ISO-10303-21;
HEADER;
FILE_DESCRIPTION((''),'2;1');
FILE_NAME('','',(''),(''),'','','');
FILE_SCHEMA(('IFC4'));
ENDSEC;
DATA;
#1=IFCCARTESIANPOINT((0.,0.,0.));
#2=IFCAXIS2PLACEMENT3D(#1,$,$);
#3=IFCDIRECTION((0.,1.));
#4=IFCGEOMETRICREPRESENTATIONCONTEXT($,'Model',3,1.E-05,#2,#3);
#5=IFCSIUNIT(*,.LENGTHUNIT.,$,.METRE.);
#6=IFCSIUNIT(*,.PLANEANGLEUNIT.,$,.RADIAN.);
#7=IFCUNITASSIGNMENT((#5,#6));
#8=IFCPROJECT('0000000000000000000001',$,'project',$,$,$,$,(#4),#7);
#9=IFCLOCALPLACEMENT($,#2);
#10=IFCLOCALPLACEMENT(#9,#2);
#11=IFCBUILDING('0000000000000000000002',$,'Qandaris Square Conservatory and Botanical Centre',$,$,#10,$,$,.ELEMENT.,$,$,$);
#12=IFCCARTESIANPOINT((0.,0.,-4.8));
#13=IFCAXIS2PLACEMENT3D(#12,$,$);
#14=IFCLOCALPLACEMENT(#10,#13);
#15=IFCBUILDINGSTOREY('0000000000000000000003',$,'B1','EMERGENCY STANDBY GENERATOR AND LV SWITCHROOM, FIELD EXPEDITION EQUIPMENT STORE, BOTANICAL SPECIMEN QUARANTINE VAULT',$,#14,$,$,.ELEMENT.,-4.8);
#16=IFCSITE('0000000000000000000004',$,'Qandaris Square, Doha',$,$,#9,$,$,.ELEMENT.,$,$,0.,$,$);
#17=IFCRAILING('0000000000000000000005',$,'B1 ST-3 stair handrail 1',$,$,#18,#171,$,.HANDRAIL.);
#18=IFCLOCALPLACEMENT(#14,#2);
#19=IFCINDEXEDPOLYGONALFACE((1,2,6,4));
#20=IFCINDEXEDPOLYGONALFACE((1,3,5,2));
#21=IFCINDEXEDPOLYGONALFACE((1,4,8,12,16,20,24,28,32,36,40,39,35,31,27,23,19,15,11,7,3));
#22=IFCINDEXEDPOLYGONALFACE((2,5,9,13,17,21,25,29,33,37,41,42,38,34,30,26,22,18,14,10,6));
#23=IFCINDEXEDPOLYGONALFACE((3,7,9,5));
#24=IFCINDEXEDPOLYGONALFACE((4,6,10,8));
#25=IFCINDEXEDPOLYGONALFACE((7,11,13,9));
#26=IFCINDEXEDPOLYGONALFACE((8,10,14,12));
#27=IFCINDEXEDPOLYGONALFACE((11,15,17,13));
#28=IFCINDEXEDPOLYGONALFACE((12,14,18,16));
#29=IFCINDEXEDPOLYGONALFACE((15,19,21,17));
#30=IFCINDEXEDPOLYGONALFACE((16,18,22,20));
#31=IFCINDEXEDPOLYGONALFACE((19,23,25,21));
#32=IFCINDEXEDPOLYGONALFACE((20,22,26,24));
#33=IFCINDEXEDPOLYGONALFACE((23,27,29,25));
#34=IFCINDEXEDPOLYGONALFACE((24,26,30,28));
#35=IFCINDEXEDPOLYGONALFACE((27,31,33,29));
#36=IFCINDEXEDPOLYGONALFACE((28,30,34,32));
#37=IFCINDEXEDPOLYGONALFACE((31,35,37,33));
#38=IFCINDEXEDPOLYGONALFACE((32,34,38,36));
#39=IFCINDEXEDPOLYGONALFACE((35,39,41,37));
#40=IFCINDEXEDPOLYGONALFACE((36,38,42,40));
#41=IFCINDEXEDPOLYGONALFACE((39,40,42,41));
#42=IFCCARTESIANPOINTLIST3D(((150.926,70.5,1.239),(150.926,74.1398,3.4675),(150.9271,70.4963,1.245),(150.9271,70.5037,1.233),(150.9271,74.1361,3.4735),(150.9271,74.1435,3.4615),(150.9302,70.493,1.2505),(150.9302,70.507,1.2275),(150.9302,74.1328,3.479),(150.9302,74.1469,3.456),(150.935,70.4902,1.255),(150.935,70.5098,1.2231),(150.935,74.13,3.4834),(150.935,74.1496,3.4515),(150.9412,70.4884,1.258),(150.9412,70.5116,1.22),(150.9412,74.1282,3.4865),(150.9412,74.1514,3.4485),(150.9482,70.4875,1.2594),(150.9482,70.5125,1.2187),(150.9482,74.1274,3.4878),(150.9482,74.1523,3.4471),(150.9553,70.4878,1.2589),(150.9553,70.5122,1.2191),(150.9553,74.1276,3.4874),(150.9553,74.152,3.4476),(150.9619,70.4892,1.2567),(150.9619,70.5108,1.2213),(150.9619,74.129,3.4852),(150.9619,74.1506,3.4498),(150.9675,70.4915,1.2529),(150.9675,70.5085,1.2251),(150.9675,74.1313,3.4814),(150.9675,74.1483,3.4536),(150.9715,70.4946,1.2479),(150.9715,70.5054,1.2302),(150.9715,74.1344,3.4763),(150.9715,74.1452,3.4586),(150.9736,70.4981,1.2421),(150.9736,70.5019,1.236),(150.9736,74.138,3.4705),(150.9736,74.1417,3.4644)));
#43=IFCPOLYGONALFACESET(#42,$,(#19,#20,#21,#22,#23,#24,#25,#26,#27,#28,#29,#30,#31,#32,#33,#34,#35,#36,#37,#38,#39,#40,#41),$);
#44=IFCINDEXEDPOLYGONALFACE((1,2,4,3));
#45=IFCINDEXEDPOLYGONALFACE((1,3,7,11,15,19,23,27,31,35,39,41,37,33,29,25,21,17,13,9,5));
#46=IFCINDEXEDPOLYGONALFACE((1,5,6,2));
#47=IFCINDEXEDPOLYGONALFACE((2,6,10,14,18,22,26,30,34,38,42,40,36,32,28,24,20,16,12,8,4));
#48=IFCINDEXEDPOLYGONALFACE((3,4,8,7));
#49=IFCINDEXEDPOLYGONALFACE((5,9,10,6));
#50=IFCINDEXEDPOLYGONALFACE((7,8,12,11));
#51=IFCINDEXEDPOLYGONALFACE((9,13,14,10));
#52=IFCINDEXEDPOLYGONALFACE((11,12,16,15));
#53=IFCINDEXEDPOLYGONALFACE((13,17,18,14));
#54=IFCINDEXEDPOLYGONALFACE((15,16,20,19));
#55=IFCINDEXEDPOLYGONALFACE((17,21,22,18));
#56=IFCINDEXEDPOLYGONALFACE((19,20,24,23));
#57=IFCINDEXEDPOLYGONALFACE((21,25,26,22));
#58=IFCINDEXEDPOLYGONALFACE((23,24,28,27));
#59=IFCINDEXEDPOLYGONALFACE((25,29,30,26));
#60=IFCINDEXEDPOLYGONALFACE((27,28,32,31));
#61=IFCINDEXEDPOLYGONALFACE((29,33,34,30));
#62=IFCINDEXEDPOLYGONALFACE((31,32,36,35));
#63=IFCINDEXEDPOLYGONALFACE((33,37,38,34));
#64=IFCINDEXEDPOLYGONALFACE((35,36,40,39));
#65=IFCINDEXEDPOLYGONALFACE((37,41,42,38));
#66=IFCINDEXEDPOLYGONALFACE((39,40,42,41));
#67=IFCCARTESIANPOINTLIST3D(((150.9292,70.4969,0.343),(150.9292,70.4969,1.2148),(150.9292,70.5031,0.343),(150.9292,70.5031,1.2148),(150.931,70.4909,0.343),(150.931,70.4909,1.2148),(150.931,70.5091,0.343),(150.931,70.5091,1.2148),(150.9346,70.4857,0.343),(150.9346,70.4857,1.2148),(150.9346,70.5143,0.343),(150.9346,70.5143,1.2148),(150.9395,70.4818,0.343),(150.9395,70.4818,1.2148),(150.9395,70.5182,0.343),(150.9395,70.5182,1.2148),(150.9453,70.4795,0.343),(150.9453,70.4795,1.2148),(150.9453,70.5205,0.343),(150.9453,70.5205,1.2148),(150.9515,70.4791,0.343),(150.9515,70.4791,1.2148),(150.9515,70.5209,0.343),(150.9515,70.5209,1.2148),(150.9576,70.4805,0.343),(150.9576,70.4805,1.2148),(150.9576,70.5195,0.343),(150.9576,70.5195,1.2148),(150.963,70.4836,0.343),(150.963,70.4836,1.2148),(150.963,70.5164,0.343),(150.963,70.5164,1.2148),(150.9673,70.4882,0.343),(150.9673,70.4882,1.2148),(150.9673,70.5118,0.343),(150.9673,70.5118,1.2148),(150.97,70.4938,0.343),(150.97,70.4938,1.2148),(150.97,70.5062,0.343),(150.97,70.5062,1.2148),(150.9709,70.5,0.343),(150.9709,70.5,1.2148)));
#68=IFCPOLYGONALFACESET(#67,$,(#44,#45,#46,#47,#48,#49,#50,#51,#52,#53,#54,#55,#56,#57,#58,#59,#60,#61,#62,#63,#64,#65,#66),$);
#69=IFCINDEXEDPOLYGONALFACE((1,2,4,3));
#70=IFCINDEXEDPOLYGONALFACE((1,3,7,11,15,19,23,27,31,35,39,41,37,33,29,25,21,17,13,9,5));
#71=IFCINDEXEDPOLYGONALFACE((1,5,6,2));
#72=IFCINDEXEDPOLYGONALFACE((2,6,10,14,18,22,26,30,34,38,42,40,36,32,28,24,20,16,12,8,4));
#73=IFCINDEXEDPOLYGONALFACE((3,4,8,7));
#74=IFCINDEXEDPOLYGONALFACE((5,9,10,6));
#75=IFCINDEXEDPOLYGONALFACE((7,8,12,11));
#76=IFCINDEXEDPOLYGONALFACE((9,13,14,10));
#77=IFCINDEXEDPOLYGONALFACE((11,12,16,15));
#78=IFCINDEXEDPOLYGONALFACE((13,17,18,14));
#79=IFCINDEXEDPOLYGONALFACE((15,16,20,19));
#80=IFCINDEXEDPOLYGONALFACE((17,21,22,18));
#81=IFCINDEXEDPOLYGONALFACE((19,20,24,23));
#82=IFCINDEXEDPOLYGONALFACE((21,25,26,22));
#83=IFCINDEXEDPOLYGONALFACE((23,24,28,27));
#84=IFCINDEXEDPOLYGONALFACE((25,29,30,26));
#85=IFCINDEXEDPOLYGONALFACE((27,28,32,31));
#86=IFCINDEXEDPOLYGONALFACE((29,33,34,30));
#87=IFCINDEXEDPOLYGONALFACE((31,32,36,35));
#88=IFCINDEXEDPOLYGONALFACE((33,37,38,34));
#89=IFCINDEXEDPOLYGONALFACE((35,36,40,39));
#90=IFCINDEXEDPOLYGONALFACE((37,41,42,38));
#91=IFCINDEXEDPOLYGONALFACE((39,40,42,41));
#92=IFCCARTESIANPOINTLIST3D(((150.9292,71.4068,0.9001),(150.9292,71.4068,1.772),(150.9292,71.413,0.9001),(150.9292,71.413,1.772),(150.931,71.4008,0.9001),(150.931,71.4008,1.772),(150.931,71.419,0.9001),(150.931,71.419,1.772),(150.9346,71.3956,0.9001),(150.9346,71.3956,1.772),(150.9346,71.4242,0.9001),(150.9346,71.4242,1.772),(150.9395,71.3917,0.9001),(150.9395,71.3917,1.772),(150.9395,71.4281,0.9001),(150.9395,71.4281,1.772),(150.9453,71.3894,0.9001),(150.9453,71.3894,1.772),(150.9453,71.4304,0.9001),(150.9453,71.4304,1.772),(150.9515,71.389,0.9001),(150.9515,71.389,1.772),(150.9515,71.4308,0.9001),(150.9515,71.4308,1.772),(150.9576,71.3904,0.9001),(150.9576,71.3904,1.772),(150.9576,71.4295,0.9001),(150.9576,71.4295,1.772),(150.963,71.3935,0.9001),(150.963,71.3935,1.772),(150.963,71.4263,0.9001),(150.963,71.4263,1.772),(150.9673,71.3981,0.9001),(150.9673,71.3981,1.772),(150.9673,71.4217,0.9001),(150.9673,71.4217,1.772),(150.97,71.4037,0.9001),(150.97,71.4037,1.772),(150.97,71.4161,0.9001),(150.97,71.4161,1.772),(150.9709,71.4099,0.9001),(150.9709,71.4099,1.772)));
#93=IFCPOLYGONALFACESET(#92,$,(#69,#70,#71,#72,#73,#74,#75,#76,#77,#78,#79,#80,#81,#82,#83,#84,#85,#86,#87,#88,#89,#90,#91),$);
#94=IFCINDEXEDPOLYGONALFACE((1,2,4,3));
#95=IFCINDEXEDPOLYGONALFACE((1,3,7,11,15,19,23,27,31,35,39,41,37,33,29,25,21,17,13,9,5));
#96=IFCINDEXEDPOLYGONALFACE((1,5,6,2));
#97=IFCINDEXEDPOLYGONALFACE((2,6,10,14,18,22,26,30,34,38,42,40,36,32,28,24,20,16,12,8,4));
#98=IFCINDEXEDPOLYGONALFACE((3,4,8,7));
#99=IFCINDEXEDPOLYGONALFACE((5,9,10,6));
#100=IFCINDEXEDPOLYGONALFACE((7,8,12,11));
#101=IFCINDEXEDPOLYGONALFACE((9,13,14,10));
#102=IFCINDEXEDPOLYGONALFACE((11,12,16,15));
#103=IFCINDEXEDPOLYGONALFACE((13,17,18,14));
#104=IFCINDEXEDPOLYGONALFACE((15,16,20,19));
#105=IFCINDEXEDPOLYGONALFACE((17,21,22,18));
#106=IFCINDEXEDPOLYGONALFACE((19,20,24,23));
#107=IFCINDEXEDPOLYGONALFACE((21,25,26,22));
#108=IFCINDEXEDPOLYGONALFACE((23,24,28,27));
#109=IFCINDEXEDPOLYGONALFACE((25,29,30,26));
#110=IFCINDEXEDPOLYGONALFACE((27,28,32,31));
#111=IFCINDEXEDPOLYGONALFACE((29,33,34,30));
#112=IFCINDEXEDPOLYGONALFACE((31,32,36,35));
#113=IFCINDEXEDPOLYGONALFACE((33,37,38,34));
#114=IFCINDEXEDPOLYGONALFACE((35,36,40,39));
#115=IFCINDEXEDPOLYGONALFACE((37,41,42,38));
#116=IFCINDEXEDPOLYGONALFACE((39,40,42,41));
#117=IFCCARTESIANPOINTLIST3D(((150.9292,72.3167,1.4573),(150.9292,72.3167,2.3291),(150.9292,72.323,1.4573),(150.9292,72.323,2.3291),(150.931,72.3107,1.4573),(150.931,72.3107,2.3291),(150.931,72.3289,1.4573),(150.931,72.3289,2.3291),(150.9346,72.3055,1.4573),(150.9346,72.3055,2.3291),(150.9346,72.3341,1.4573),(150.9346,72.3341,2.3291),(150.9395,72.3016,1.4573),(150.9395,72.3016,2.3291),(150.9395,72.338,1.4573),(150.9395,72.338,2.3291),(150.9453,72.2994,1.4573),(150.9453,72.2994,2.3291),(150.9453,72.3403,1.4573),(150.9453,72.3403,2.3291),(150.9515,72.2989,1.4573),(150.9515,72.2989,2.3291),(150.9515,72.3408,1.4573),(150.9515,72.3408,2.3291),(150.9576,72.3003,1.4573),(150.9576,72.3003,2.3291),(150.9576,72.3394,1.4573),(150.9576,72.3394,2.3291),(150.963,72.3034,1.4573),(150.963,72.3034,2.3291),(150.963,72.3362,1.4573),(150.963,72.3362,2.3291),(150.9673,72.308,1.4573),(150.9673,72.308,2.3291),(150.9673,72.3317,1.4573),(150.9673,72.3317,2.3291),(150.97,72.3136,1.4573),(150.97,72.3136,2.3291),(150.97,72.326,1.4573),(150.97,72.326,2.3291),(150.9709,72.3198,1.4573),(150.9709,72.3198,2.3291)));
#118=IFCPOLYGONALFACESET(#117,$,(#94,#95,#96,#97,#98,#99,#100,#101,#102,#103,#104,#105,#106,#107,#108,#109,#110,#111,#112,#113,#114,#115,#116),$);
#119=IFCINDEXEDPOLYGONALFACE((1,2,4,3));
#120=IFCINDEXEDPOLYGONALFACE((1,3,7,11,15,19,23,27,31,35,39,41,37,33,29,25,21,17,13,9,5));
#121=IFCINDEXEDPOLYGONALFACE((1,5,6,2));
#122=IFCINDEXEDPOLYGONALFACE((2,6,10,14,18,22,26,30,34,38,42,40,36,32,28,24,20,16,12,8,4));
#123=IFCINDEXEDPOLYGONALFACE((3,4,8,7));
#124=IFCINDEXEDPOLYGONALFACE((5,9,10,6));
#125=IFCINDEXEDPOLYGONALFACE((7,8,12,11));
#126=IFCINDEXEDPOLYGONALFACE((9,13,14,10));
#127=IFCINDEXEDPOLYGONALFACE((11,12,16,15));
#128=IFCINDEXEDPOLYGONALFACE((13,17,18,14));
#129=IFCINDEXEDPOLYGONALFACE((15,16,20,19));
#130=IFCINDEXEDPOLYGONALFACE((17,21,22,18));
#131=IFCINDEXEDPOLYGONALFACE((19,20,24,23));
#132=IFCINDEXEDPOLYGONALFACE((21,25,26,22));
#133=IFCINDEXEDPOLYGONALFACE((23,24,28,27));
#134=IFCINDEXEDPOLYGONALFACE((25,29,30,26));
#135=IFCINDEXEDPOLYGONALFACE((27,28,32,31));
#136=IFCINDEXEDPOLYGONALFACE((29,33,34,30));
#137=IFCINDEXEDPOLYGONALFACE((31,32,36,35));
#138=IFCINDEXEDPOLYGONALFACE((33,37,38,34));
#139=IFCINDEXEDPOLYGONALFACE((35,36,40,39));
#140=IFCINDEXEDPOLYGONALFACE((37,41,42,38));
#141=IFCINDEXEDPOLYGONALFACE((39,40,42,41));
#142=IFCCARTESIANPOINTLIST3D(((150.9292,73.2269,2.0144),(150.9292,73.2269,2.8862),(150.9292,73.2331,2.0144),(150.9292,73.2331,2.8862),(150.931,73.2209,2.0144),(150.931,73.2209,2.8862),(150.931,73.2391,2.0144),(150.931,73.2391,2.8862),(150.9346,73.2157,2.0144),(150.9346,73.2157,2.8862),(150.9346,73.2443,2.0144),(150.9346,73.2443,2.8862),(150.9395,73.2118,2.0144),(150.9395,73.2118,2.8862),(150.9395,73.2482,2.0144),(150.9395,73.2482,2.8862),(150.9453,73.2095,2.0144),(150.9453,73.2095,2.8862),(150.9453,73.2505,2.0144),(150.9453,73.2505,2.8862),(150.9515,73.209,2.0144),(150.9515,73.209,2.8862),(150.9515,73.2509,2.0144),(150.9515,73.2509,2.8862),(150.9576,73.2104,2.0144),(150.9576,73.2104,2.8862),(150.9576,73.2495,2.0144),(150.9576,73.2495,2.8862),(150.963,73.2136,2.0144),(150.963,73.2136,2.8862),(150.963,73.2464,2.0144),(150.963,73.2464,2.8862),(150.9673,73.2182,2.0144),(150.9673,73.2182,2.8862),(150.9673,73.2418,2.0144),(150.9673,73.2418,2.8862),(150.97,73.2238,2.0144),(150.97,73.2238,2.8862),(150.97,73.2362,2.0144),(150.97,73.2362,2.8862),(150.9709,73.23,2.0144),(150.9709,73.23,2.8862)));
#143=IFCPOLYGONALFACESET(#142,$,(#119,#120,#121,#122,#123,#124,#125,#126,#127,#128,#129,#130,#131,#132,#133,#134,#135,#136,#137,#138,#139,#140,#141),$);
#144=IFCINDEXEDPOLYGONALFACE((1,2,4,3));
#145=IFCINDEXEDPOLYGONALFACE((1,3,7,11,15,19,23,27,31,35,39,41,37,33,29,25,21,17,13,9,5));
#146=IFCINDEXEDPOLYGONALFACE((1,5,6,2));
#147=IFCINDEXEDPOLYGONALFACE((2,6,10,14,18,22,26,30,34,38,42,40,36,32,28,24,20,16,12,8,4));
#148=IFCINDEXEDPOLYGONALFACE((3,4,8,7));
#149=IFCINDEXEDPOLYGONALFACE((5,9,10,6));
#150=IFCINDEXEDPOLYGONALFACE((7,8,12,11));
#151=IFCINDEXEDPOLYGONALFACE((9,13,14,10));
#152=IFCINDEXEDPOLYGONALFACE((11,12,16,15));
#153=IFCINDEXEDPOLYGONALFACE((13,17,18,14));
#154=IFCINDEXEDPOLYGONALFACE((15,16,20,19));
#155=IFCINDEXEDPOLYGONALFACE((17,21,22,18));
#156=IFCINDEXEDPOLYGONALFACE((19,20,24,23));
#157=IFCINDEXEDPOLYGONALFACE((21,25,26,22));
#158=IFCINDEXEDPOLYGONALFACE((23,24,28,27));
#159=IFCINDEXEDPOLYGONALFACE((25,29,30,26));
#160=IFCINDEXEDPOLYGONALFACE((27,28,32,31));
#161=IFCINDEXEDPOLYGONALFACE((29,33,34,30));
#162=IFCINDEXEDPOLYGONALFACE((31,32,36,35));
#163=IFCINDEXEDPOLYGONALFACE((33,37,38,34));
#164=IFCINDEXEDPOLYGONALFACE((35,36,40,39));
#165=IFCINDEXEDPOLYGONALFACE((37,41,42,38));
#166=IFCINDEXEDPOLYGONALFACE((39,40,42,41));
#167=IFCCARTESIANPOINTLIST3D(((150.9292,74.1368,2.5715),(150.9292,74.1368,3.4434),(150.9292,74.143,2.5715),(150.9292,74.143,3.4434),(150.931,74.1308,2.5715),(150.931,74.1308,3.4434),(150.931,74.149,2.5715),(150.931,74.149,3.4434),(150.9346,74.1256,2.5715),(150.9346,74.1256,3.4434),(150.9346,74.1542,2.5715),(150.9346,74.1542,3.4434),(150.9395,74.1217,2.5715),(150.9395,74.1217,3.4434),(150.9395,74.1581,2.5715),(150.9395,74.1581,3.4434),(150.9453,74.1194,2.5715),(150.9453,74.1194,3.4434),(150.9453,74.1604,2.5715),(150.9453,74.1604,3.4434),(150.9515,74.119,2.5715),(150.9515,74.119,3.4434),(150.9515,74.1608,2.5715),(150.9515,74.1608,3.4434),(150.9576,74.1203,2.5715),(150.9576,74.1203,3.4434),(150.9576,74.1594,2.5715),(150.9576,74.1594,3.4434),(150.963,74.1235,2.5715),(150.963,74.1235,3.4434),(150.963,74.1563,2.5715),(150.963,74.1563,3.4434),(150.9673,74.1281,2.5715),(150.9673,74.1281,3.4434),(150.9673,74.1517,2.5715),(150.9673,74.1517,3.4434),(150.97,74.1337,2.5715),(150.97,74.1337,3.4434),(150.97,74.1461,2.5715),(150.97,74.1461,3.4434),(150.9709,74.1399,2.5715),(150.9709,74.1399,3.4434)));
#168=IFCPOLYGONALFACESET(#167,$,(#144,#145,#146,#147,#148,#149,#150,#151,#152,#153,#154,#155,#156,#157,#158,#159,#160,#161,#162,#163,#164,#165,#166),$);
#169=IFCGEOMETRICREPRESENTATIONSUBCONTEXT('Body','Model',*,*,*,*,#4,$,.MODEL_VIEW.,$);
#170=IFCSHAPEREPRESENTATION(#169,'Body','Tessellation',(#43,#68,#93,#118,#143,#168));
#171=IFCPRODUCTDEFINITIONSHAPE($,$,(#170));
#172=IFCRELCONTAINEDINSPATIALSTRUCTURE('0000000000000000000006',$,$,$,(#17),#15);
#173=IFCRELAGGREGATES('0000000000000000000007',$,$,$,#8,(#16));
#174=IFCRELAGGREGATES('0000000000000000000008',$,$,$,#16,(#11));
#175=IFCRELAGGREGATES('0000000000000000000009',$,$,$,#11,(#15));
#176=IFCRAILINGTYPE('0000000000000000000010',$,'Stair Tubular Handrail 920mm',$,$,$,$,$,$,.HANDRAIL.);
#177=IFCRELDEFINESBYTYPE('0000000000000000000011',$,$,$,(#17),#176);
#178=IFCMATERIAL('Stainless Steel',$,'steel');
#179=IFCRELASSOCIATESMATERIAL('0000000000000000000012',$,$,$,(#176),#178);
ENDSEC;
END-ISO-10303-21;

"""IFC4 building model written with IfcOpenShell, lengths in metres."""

from ifc_helpers import new_model, si_unit, direction, frame, origin, origin_2d, place, context, subcontext, project, spatial, circle, extrude, material, type_object, element, save


model = new_model("IFC4")

# Units and contexts
model_context = context("Model", 3, precision=1e-05, world=origin(), true_north=direction((0.0, 1.0)))
body_context = subcontext(model_context, "Body", "Model", "MODEL_VIEW")
ifc_project = project(units=[si_unit("LENGTHUNIT", "METRE"), si_unit("PLANEANGLEUNIT", "RADIAN")], contexts=[model_context])

# Site, building, storey
site_placement = place(None, origin())
site = spatial("IfcSite", under=ifc_project, at=site_placement, Name="Qandaris Square, Doha", CompositionType="ELEMENT", RefElevation=0.0)
building_placement = place(site_placement, origin())
building = spatial("IfcBuilding", under=site, at=building_placement, Name="Qandaris Square Conservatory and Botanical Centre", CompositionType="ELEMENT")
storey_placement = place(building_placement, frame((0.0, 0.0, -4.8)))
storey = spatial("IfcBuildingStorey", under=building, at=storey_placement, Name="B1", Description="EMERGENCY STANDBY GENERATOR AND LV SWITCHROOM, FIELD EXPEDITION EQUIPMENT STORE, BOTANICAL SPECIMEN QUARANTINE VAULT", CompositionType="ELEMENT", Elevation=-4.8)

# Railing
ifc_material_1 = material(Name="Stainless Steel", Category="steel")
railing_type_1 = type_object("IfcRailingType", Name="Stair Tubular Handrail 920mm", PredefinedType="HANDRAIL", material=ifc_material_1)
railing_1_placement = place(storey_placement, frame((150.95, 70.5, 0.343)))
element("IfcRailing", 1, at=railing_1_placement, inside=storey, type_object=railing_type_1, Name="B1 ST-3 stair handrail 1", PredefinedType="HANDRAIL", context=body_context, shape_type="SweptSolid", body=[
    extrude(circle(Radius=0.0239, at=origin_2d()), frame((0.0, 0.0, 0.896), z_axis=(0.0, 0.85285, 0.522156), x_axis=(-1.0, 0.0, 0.0)), (0.0, 0.0, 1.0), 4.2678),
    extrude(circle(Radius=0.021, at=origin_2d()), origin(), (0.0, 0.0, 1.0), 0.8718),
    extrude(circle(Radius=0.021, at=origin_2d()), frame((0.0, 0.9099, 0.5571)), (0.0, 0.0, 1.0), 0.8718),
    extrude(circle(Radius=0.021, at=origin_2d()), frame((0.0, 1.8198, 1.1143)), (0.0, 0.0, 1.0), 0.8718),
    extrude(circle(Radius=0.021, at=origin_2d()), frame((0.0, 2.73, 1.6714)), (0.0, 0.0, 1.0), 0.8718),
    extrude(circle(Radius=0.021, at=origin_2d()), frame((0.0, 3.6399, 2.2285)), (0.0, 0.0, 1.0), 0.8718),
])

save(model, "model.ifc")
